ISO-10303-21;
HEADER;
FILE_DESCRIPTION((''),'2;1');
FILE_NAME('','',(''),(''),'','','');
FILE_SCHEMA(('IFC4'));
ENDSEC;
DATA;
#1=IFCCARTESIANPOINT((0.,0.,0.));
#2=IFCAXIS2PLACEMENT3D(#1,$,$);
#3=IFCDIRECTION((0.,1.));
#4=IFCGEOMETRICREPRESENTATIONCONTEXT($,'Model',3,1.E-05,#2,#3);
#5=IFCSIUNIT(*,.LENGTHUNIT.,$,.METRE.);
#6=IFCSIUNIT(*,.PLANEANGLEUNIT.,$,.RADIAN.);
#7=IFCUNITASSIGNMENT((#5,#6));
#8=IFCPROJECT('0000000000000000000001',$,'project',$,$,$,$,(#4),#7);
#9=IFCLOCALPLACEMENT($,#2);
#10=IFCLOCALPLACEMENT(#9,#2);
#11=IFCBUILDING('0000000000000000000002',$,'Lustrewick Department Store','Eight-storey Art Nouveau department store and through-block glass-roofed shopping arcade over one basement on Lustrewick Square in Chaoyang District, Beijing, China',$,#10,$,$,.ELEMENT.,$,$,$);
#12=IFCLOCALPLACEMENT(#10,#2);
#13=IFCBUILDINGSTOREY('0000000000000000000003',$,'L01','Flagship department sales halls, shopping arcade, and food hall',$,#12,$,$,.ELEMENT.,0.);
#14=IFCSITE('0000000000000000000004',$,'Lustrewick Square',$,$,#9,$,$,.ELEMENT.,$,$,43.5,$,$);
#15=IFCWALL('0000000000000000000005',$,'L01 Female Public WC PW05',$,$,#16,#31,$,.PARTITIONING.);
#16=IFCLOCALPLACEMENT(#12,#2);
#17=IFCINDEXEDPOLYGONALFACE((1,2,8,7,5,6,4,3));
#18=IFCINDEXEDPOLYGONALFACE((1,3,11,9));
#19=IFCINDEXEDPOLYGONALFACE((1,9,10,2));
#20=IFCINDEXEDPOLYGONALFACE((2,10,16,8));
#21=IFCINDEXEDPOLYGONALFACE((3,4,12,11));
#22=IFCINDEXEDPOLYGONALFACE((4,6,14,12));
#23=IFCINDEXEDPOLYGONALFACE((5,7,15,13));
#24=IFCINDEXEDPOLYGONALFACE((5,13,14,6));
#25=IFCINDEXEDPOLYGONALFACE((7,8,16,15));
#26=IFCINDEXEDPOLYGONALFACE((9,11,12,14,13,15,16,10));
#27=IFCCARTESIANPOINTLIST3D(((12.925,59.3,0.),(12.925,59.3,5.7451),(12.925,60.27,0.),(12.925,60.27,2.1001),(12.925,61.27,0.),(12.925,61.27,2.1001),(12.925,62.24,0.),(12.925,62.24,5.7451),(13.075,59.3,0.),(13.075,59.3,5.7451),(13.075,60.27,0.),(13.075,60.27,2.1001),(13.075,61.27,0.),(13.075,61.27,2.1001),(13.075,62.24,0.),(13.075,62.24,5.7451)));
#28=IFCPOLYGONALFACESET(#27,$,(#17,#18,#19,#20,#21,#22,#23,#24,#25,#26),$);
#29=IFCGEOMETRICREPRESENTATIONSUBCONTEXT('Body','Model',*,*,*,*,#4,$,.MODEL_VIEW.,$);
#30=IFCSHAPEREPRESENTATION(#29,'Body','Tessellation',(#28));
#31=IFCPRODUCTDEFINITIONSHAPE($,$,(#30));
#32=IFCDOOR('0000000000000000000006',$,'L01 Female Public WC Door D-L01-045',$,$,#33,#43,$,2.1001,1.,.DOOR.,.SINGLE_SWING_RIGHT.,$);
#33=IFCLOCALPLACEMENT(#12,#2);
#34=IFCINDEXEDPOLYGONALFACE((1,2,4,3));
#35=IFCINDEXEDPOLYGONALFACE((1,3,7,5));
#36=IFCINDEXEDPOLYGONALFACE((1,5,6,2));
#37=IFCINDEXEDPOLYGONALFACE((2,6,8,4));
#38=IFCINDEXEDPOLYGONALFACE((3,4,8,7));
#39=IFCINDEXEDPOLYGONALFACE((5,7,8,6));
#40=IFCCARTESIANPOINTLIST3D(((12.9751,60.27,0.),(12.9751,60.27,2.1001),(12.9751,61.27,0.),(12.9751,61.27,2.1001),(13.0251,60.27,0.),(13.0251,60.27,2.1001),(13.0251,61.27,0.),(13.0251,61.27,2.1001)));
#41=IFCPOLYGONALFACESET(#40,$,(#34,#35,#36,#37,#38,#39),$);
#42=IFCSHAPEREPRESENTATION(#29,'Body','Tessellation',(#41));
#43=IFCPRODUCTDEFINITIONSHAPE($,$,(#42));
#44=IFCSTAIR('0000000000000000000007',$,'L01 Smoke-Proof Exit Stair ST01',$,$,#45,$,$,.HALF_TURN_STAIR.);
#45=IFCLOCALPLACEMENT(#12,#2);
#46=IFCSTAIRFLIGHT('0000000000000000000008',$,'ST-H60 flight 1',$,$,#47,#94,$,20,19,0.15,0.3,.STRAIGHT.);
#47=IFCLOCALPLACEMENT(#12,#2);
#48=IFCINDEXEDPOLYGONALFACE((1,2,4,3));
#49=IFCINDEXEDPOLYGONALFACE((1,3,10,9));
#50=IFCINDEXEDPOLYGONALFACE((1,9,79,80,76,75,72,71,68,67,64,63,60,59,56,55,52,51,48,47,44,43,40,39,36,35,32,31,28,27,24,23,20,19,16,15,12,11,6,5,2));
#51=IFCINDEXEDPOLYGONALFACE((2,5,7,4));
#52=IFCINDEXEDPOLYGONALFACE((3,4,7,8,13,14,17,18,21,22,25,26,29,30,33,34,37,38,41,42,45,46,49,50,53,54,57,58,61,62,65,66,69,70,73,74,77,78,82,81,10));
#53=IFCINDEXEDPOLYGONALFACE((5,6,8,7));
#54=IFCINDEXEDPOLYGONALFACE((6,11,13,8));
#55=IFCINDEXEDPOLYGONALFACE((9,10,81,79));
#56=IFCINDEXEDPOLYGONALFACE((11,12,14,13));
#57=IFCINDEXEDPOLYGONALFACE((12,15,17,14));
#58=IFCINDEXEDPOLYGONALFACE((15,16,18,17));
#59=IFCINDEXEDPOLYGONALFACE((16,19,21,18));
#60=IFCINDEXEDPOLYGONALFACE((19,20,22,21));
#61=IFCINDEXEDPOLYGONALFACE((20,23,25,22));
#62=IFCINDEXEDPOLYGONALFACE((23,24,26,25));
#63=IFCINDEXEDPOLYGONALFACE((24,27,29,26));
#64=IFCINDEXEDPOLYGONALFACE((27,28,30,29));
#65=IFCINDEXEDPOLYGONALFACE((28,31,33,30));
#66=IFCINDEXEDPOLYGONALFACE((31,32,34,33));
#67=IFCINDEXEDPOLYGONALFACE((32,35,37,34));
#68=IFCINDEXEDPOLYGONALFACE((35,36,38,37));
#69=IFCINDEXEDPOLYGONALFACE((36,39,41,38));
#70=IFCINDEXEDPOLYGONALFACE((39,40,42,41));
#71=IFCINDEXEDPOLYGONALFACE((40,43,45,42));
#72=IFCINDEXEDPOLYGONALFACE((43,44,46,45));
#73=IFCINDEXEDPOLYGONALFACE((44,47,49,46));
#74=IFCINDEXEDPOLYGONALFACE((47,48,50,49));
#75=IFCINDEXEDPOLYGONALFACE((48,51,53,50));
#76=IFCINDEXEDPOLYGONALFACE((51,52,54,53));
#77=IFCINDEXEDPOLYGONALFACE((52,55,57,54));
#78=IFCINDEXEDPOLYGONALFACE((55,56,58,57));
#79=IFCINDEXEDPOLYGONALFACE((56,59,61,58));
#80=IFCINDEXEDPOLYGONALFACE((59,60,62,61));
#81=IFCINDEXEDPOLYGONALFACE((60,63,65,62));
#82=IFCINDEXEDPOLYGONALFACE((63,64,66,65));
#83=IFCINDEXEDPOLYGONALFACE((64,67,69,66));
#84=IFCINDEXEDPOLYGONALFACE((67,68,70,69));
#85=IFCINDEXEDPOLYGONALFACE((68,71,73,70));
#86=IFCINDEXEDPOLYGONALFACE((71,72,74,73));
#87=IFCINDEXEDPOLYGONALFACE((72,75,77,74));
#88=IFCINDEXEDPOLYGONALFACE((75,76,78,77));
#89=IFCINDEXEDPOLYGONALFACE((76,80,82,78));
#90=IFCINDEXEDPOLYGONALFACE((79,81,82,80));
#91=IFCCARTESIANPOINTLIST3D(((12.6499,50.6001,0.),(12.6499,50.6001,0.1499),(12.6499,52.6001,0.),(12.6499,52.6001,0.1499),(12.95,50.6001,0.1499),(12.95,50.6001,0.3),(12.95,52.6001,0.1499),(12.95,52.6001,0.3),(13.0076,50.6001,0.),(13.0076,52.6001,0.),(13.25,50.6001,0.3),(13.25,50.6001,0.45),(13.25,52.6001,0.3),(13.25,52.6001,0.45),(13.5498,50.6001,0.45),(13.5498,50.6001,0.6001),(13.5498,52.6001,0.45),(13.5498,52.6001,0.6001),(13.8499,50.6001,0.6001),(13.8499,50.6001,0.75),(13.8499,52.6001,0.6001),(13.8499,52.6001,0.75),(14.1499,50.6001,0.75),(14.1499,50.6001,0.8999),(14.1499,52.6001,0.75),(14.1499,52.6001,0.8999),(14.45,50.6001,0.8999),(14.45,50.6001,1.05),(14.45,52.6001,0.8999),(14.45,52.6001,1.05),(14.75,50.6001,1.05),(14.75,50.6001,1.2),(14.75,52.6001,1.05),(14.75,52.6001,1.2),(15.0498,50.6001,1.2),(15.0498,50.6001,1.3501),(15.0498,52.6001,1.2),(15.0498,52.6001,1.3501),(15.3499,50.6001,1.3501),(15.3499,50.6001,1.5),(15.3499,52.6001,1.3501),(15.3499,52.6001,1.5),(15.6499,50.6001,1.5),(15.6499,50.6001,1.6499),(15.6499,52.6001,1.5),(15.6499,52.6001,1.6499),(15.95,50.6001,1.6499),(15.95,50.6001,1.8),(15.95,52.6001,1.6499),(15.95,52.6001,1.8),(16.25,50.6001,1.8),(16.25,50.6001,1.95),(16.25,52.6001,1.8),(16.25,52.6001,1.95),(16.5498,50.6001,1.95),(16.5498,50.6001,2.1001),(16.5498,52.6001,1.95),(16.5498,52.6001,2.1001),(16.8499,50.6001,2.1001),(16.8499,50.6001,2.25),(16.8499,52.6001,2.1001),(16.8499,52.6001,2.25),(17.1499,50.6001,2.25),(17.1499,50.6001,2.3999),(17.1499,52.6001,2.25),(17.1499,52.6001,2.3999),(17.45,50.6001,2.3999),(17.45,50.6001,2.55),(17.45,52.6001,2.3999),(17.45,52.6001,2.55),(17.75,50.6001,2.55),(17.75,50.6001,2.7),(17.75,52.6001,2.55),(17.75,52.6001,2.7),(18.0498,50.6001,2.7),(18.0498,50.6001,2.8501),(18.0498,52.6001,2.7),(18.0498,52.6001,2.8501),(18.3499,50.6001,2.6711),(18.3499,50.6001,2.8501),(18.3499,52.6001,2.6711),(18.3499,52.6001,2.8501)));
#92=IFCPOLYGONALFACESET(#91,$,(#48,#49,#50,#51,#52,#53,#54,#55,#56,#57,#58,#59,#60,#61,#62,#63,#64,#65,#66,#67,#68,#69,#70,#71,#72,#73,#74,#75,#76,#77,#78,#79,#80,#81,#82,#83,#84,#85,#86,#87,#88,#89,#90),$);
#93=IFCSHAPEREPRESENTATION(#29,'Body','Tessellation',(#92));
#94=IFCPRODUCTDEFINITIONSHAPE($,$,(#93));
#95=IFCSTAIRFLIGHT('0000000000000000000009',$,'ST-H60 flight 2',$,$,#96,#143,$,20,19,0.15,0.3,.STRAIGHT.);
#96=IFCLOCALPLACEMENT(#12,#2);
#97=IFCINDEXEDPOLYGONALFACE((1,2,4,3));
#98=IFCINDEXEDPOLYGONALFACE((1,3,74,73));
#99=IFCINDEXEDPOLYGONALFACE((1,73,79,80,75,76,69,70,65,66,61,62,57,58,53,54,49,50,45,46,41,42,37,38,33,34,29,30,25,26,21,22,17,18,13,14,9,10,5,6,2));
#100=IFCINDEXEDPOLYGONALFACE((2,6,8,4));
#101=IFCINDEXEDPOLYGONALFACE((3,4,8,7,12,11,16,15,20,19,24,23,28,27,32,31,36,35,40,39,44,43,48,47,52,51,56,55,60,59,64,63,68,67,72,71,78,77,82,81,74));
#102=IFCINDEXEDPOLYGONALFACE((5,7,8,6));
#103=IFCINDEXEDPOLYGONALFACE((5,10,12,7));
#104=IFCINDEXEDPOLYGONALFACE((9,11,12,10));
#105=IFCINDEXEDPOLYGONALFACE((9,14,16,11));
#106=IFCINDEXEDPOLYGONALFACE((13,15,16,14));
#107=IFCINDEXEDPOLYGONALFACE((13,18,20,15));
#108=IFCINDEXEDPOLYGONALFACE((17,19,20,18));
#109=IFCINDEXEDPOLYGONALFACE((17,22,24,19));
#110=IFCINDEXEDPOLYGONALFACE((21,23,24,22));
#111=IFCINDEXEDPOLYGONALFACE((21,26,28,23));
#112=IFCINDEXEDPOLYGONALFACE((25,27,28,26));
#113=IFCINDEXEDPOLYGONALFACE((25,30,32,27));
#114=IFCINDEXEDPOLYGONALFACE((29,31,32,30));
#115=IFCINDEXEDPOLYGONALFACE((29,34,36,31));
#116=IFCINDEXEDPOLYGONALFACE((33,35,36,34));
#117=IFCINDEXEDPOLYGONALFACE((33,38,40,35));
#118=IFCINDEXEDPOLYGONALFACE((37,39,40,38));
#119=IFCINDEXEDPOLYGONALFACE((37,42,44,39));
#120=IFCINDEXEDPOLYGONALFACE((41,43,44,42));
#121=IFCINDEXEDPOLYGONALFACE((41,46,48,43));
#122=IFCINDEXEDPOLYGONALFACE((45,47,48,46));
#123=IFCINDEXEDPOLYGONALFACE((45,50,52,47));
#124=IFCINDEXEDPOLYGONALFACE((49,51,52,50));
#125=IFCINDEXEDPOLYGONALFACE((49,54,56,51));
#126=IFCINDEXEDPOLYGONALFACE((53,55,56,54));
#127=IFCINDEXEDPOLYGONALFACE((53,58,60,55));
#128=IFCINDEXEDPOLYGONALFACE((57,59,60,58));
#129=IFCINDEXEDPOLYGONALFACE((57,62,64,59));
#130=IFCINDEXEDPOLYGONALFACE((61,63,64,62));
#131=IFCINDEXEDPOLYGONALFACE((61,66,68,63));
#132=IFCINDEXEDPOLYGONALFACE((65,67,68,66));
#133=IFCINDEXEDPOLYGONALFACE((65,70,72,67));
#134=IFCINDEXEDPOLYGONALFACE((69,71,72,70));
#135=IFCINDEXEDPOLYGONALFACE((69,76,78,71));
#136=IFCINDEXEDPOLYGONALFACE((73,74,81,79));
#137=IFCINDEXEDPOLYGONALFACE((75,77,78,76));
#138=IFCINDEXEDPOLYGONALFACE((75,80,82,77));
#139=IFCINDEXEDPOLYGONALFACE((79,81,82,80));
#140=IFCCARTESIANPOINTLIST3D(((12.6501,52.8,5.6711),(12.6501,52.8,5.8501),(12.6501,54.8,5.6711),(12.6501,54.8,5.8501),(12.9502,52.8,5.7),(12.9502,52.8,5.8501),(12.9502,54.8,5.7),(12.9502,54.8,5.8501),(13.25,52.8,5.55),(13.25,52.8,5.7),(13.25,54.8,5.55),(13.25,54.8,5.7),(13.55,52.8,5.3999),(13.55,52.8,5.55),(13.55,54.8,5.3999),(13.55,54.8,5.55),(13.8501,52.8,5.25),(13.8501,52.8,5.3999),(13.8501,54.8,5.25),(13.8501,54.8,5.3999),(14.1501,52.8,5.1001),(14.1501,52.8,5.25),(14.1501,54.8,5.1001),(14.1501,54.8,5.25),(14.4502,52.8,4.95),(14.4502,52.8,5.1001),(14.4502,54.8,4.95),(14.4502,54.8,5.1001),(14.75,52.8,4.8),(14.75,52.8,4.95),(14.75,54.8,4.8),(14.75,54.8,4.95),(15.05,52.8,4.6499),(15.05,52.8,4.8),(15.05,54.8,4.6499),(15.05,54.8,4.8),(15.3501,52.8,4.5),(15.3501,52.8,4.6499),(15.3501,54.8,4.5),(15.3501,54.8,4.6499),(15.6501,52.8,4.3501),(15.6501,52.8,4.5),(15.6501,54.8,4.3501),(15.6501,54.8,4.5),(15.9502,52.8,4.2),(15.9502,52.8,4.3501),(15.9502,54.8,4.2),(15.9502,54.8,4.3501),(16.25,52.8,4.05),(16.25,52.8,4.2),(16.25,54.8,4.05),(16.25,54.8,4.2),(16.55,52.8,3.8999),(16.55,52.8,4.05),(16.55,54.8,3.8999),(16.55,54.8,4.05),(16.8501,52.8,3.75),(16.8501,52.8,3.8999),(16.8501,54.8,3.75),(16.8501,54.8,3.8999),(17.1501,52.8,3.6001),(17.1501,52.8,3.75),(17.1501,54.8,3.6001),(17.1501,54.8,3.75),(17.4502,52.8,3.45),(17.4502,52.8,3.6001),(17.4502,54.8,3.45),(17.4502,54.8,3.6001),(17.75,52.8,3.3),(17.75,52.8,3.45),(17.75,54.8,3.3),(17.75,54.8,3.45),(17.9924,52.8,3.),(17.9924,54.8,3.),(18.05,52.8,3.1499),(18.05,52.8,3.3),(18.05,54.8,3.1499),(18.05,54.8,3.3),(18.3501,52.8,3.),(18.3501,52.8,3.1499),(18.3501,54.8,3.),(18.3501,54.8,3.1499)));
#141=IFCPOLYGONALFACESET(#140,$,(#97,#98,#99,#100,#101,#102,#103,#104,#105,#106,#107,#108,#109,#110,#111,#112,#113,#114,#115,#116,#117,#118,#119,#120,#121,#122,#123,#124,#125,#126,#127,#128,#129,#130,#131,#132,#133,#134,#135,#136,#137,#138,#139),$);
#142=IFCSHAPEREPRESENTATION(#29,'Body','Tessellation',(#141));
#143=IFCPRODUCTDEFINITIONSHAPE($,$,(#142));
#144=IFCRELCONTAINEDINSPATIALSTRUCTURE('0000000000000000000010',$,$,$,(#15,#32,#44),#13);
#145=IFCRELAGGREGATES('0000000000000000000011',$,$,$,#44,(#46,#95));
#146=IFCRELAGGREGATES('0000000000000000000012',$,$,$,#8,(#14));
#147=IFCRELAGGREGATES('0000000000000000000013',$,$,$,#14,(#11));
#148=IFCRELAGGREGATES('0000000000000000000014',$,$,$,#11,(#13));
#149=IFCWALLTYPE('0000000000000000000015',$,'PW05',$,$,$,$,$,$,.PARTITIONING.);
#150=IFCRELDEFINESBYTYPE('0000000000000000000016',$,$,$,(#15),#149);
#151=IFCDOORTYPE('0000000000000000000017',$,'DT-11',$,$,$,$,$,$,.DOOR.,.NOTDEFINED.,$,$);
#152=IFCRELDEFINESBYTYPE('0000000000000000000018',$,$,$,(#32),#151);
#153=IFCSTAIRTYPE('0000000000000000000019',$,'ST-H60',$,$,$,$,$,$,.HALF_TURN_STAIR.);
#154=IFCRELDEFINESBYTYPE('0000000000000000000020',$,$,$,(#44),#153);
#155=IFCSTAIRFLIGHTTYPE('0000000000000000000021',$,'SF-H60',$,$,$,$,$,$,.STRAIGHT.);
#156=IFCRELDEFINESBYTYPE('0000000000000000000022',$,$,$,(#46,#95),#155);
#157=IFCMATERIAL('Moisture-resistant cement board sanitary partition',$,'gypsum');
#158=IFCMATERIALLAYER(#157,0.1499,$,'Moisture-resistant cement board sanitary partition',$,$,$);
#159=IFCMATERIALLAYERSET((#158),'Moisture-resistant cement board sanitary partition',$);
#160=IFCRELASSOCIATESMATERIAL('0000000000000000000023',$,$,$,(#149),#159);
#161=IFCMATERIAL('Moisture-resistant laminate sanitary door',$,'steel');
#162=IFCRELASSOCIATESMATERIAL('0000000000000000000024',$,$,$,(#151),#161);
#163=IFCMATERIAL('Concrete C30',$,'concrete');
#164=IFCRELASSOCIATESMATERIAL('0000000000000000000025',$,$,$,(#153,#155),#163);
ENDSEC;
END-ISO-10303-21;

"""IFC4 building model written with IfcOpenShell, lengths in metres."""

from ifc_helpers import new_model, si_unit, direction, frame, frame_2d, origin, place, context, subcontext, project, spatial, polyline, rectangle, outline, extrude, material, layer, layer_set, type_object, element, fill, aggregate, save


model = new_model("IFC4")

# Units and contexts
model_context = context("Model", 3, precision=1e-05, world=origin(), true_north=direction((0.0, 1.0)))
body_context = subcontext(model_context, "Body", "Model", "MODEL_VIEW")
ifc_project = project(units=[si_unit("LENGTHUNIT", "METRE"), si_unit("PLANEANGLEUNIT", "RADIAN")], contexts=[model_context])

# Site, building, storey
site_placement = place(None, origin())
site = spatial("IfcSite", under=ifc_project, at=site_placement, Name="Lustrewick Square", CompositionType="ELEMENT", RefElevation=43.5)
building_placement = place(site_placement, origin())
building = spatial("IfcBuilding", under=site, at=building_placement, Name="Lustrewick Department Store", Description="Eight-storey Art Nouveau department store and through-block glass-roofed shopping arcade over one basement on Lustrewick Square in Chaoyang District, Beijing, China", CompositionType="ELEMENT")
storey_placement = place(building_placement, origin())
storey = spatial("IfcBuildingStorey", under=building, at=storey_placement, Name="L01", Description="Flagship department sales halls, shopping arcade, and food hall", CompositionType="ELEMENT", Elevation=0.0)

# Shared definitions
ifc_material_1 = material(Name="Moisture-resistant cement board sanitary partition", Category="gypsum")
ifc_layer_1 = layer(ifc_material_1, 0.1499, Name="Moisture-resistant cement board sanitary partition")
ifc_layer_set_1 = layer_set([ifc_layer_1], Name="Moisture-resistant cement board sanitary partition")
wall_type_1 = type_object("IfcWallType", Name="PW05", PredefinedType="PARTITIONING", material=ifc_layer_set_1)
ifc_material_2 = material(Name="Moisture-resistant laminate sanitary door", Category="steel")
door_type = type_object("IfcDoorType", Name="DT-11", OperationType="NOTDEFINED", PredefinedType="DOOR", material=ifc_material_2)

# Wall, opening, door
wall_1_placement = place(storey_placement, frame((13.0, 59.3, 0.0), z_axis=(0.0, 0.0, 1.0), x_axis=(0.0, 1.0, 0.0)))
wall_1 = element("IfcWall", 1, at=wall_1_placement, inside=storey, type_object=wall_type_1, Name="L01 Female Public WC PW05", PredefinedType="PARTITIONING", context=body_context, shape_type="SweptSolid", body=[
    extrude(rectangle(XDim=2.9399, YDim=0.1499, at=frame_2d((1.47, 0.0))), origin(), (0.0, 0.0, 1.0), 5.7451),
])
opening_1_placement = place(wall_1_placement, frame((0.97, 0.0, 0.0)))
opening_1 = element("IfcOpeningElement", 2, at=opening_1_placement, cuts=wall_1, PredefinedType="OPENING", context=body_context, shape_type="SweptSolid", body=[
    extrude(rectangle(XDim=1.0, YDim=2.1001, at=frame_2d((0.5, 1.05))), frame((0.0, 0.085, 0.0), z_axis=(0.0, -1.0, 0.0), x_axis=(1.0, 0.0, 0.0)), (0.0, 0.0, 1.0), 0.1699),
])
door_1_placement = place(opening_1_placement, origin())
door_1 = element("IfcDoor", 3, at=door_1_placement, inside=storey, type_object=door_type, Name="L01 Female Public WC Door D-L01-045", OperationType="SINGLE_SWING_RIGHT", OverallHeight=2.1001, OverallWidth=1.0, PredefinedType="DOOR", context=body_context, shape_type="SweptSolid", body=[
    extrude(rectangle(XDim=1.0, YDim=2.1001, at=frame_2d((0.5, 1.05))), frame((0.0, 0.0249, 0.0), z_axis=(0.0, -1.0, 0.0), x_axis=(1.0, 0.0, 0.0)), (0.0, 0.0, 1.0), 0.05),
])
fill(opening_1, door_1)

# Stair, stair flights
ifc_material_3 = material(Name="Concrete C30", Category="concrete")
stair_type = type_object("IfcStairType", Name="ST-H60", PredefinedType="HALF_TURN_STAIR", material=ifc_material_3)
stair_placement = place(storey_placement, origin())
stair = element("IfcStair", 4, at=stair_placement, inside=storey, type_object=stair_type, Name="L01 Smoke-Proof Exit Stair ST01", PredefinedType="HALF_TURN_STAIR")
stair_flight_type = type_object("IfcStairFlightType", Name="SF-H60", PredefinedType="STRAIGHT", material=ifc_material_3)
stair_flight_1_placement = place(storey_placement, frame((12.6499, 51.6001, 0.0), z_axis=(0.0, 0.0, 1.0), x_axis=(1.0, 0.0, 0.0)))
stair_flight_1 = element("IfcStairFlight", 5, at=stair_flight_1_placement, type_object=stair_flight_type, Name="ST-H60 flight 1", NumberOfRisers=20, NumberOfTreads=19, PredefinedType="STRAIGHT", RiserHeight=0.15, TreadLength=0.3, context=body_context, shape_type="SweptSolid", body=[
    extrude(outline(polyline([(0.0, 0.0), (0.0, 0.1499), (0.3, 0.1499), (0.3, 0.3), (0.6001, 0.3), (0.6001, 0.45), (0.8999, 0.45), (0.8999, 0.6001), (1.2, 0.6001), (1.2, 0.75), (1.5, 0.75), (1.5, 0.8999), (1.8, 0.8999), (1.8, 1.05), (2.1001, 1.05), (2.1001, 1.2), (2.3999, 1.2), (2.3999, 1.3501), (2.7, 1.3501), (2.7, 1.5), (3.0, 1.5), (3.0, 1.6499), (3.3, 1.6499), (3.3, 1.8), (3.6001, 1.8), (3.6001, 1.95), (3.8999, 1.95), (3.8999, 2.1001), (4.2, 2.1001), (4.2, 2.25), (4.5, 2.25), (4.5, 2.3999), (4.8, 2.3999), (4.8, 2.55), (5.1001, 2.55), (5.1001, 2.7), (5.3999, 2.7), (5.3999, 2.8501), (5.7, 2.8501), (5.7, 3.0), (5.7, 2.6711), (0.3577, 0.0), (0.0, 0.0)])), frame((0.0, 1.0, 0.0), z_axis=(0.0, -1.0, 0.0), x_axis=(1.0, 0.0, 0.0)), (0.0, 0.0, 1.0), 2.0),
])
stair_flight_2_placement = place(storey_placement, frame((18.3501, 53.8, 3.0), z_axis=(0.0, 0.0, 1.0), x_axis=(-1.0, 0.0, 0.0)))
stair_flight_2 = element("IfcStairFlight", 6, at=stair_flight_2_placement, type_object=stair_flight_type, Name="ST-H60 flight 2", NumberOfRisers=20, NumberOfTreads=19, PredefinedType="STRAIGHT", RiserHeight=0.15, TreadLength=0.3, context=body_context, shape_type="SweptSolid", body=[
    extrude(outline(polyline([(0.0, 0.0), (0.0, 0.1499), (0.3, 0.1499), (0.3, 0.3), (0.6001, 0.3), (0.6001, 0.45), (0.8999, 0.45), (0.8999, 0.6001), (1.2, 0.6001), (1.2, 0.75), (1.5, 0.75), (1.5, 0.8999), (1.8, 0.8999), (1.8, 1.05), (2.1001, 1.05), (2.1001, 1.2), (2.3999, 1.2), (2.3999, 1.3501), (2.7, 1.3501), (2.7, 1.5), (3.0, 1.5), (3.0, 1.6499), (3.3, 1.6499), (3.3, 1.8), (3.6001, 1.8), (3.6001, 1.95), (3.8999, 1.95), (3.8999, 2.1001), (4.2, 2.1001), (4.2, 2.25), (4.5, 2.25), (4.5, 2.3999), (4.8, 2.3999), (4.8, 2.55), (5.1001, 2.55), (5.1001, 2.7), (5.3999, 2.7), (5.3999, 2.8501), (5.7, 2.8501), (5.7, 3.0), (5.7, 2.6711), (0.3577, 0.0), (0.0, 0.0)])), frame((0.0, 1.0, 0.0), z_axis=(0.0, -1.0, 0.0), x_axis=(1.0, 0.0, 0.0)), (0.0, 0.0, 1.0), 2.0),
])
aggregate(stair, [stair_flight_1, stair_flight_2])

save(model, "model.ifc")
